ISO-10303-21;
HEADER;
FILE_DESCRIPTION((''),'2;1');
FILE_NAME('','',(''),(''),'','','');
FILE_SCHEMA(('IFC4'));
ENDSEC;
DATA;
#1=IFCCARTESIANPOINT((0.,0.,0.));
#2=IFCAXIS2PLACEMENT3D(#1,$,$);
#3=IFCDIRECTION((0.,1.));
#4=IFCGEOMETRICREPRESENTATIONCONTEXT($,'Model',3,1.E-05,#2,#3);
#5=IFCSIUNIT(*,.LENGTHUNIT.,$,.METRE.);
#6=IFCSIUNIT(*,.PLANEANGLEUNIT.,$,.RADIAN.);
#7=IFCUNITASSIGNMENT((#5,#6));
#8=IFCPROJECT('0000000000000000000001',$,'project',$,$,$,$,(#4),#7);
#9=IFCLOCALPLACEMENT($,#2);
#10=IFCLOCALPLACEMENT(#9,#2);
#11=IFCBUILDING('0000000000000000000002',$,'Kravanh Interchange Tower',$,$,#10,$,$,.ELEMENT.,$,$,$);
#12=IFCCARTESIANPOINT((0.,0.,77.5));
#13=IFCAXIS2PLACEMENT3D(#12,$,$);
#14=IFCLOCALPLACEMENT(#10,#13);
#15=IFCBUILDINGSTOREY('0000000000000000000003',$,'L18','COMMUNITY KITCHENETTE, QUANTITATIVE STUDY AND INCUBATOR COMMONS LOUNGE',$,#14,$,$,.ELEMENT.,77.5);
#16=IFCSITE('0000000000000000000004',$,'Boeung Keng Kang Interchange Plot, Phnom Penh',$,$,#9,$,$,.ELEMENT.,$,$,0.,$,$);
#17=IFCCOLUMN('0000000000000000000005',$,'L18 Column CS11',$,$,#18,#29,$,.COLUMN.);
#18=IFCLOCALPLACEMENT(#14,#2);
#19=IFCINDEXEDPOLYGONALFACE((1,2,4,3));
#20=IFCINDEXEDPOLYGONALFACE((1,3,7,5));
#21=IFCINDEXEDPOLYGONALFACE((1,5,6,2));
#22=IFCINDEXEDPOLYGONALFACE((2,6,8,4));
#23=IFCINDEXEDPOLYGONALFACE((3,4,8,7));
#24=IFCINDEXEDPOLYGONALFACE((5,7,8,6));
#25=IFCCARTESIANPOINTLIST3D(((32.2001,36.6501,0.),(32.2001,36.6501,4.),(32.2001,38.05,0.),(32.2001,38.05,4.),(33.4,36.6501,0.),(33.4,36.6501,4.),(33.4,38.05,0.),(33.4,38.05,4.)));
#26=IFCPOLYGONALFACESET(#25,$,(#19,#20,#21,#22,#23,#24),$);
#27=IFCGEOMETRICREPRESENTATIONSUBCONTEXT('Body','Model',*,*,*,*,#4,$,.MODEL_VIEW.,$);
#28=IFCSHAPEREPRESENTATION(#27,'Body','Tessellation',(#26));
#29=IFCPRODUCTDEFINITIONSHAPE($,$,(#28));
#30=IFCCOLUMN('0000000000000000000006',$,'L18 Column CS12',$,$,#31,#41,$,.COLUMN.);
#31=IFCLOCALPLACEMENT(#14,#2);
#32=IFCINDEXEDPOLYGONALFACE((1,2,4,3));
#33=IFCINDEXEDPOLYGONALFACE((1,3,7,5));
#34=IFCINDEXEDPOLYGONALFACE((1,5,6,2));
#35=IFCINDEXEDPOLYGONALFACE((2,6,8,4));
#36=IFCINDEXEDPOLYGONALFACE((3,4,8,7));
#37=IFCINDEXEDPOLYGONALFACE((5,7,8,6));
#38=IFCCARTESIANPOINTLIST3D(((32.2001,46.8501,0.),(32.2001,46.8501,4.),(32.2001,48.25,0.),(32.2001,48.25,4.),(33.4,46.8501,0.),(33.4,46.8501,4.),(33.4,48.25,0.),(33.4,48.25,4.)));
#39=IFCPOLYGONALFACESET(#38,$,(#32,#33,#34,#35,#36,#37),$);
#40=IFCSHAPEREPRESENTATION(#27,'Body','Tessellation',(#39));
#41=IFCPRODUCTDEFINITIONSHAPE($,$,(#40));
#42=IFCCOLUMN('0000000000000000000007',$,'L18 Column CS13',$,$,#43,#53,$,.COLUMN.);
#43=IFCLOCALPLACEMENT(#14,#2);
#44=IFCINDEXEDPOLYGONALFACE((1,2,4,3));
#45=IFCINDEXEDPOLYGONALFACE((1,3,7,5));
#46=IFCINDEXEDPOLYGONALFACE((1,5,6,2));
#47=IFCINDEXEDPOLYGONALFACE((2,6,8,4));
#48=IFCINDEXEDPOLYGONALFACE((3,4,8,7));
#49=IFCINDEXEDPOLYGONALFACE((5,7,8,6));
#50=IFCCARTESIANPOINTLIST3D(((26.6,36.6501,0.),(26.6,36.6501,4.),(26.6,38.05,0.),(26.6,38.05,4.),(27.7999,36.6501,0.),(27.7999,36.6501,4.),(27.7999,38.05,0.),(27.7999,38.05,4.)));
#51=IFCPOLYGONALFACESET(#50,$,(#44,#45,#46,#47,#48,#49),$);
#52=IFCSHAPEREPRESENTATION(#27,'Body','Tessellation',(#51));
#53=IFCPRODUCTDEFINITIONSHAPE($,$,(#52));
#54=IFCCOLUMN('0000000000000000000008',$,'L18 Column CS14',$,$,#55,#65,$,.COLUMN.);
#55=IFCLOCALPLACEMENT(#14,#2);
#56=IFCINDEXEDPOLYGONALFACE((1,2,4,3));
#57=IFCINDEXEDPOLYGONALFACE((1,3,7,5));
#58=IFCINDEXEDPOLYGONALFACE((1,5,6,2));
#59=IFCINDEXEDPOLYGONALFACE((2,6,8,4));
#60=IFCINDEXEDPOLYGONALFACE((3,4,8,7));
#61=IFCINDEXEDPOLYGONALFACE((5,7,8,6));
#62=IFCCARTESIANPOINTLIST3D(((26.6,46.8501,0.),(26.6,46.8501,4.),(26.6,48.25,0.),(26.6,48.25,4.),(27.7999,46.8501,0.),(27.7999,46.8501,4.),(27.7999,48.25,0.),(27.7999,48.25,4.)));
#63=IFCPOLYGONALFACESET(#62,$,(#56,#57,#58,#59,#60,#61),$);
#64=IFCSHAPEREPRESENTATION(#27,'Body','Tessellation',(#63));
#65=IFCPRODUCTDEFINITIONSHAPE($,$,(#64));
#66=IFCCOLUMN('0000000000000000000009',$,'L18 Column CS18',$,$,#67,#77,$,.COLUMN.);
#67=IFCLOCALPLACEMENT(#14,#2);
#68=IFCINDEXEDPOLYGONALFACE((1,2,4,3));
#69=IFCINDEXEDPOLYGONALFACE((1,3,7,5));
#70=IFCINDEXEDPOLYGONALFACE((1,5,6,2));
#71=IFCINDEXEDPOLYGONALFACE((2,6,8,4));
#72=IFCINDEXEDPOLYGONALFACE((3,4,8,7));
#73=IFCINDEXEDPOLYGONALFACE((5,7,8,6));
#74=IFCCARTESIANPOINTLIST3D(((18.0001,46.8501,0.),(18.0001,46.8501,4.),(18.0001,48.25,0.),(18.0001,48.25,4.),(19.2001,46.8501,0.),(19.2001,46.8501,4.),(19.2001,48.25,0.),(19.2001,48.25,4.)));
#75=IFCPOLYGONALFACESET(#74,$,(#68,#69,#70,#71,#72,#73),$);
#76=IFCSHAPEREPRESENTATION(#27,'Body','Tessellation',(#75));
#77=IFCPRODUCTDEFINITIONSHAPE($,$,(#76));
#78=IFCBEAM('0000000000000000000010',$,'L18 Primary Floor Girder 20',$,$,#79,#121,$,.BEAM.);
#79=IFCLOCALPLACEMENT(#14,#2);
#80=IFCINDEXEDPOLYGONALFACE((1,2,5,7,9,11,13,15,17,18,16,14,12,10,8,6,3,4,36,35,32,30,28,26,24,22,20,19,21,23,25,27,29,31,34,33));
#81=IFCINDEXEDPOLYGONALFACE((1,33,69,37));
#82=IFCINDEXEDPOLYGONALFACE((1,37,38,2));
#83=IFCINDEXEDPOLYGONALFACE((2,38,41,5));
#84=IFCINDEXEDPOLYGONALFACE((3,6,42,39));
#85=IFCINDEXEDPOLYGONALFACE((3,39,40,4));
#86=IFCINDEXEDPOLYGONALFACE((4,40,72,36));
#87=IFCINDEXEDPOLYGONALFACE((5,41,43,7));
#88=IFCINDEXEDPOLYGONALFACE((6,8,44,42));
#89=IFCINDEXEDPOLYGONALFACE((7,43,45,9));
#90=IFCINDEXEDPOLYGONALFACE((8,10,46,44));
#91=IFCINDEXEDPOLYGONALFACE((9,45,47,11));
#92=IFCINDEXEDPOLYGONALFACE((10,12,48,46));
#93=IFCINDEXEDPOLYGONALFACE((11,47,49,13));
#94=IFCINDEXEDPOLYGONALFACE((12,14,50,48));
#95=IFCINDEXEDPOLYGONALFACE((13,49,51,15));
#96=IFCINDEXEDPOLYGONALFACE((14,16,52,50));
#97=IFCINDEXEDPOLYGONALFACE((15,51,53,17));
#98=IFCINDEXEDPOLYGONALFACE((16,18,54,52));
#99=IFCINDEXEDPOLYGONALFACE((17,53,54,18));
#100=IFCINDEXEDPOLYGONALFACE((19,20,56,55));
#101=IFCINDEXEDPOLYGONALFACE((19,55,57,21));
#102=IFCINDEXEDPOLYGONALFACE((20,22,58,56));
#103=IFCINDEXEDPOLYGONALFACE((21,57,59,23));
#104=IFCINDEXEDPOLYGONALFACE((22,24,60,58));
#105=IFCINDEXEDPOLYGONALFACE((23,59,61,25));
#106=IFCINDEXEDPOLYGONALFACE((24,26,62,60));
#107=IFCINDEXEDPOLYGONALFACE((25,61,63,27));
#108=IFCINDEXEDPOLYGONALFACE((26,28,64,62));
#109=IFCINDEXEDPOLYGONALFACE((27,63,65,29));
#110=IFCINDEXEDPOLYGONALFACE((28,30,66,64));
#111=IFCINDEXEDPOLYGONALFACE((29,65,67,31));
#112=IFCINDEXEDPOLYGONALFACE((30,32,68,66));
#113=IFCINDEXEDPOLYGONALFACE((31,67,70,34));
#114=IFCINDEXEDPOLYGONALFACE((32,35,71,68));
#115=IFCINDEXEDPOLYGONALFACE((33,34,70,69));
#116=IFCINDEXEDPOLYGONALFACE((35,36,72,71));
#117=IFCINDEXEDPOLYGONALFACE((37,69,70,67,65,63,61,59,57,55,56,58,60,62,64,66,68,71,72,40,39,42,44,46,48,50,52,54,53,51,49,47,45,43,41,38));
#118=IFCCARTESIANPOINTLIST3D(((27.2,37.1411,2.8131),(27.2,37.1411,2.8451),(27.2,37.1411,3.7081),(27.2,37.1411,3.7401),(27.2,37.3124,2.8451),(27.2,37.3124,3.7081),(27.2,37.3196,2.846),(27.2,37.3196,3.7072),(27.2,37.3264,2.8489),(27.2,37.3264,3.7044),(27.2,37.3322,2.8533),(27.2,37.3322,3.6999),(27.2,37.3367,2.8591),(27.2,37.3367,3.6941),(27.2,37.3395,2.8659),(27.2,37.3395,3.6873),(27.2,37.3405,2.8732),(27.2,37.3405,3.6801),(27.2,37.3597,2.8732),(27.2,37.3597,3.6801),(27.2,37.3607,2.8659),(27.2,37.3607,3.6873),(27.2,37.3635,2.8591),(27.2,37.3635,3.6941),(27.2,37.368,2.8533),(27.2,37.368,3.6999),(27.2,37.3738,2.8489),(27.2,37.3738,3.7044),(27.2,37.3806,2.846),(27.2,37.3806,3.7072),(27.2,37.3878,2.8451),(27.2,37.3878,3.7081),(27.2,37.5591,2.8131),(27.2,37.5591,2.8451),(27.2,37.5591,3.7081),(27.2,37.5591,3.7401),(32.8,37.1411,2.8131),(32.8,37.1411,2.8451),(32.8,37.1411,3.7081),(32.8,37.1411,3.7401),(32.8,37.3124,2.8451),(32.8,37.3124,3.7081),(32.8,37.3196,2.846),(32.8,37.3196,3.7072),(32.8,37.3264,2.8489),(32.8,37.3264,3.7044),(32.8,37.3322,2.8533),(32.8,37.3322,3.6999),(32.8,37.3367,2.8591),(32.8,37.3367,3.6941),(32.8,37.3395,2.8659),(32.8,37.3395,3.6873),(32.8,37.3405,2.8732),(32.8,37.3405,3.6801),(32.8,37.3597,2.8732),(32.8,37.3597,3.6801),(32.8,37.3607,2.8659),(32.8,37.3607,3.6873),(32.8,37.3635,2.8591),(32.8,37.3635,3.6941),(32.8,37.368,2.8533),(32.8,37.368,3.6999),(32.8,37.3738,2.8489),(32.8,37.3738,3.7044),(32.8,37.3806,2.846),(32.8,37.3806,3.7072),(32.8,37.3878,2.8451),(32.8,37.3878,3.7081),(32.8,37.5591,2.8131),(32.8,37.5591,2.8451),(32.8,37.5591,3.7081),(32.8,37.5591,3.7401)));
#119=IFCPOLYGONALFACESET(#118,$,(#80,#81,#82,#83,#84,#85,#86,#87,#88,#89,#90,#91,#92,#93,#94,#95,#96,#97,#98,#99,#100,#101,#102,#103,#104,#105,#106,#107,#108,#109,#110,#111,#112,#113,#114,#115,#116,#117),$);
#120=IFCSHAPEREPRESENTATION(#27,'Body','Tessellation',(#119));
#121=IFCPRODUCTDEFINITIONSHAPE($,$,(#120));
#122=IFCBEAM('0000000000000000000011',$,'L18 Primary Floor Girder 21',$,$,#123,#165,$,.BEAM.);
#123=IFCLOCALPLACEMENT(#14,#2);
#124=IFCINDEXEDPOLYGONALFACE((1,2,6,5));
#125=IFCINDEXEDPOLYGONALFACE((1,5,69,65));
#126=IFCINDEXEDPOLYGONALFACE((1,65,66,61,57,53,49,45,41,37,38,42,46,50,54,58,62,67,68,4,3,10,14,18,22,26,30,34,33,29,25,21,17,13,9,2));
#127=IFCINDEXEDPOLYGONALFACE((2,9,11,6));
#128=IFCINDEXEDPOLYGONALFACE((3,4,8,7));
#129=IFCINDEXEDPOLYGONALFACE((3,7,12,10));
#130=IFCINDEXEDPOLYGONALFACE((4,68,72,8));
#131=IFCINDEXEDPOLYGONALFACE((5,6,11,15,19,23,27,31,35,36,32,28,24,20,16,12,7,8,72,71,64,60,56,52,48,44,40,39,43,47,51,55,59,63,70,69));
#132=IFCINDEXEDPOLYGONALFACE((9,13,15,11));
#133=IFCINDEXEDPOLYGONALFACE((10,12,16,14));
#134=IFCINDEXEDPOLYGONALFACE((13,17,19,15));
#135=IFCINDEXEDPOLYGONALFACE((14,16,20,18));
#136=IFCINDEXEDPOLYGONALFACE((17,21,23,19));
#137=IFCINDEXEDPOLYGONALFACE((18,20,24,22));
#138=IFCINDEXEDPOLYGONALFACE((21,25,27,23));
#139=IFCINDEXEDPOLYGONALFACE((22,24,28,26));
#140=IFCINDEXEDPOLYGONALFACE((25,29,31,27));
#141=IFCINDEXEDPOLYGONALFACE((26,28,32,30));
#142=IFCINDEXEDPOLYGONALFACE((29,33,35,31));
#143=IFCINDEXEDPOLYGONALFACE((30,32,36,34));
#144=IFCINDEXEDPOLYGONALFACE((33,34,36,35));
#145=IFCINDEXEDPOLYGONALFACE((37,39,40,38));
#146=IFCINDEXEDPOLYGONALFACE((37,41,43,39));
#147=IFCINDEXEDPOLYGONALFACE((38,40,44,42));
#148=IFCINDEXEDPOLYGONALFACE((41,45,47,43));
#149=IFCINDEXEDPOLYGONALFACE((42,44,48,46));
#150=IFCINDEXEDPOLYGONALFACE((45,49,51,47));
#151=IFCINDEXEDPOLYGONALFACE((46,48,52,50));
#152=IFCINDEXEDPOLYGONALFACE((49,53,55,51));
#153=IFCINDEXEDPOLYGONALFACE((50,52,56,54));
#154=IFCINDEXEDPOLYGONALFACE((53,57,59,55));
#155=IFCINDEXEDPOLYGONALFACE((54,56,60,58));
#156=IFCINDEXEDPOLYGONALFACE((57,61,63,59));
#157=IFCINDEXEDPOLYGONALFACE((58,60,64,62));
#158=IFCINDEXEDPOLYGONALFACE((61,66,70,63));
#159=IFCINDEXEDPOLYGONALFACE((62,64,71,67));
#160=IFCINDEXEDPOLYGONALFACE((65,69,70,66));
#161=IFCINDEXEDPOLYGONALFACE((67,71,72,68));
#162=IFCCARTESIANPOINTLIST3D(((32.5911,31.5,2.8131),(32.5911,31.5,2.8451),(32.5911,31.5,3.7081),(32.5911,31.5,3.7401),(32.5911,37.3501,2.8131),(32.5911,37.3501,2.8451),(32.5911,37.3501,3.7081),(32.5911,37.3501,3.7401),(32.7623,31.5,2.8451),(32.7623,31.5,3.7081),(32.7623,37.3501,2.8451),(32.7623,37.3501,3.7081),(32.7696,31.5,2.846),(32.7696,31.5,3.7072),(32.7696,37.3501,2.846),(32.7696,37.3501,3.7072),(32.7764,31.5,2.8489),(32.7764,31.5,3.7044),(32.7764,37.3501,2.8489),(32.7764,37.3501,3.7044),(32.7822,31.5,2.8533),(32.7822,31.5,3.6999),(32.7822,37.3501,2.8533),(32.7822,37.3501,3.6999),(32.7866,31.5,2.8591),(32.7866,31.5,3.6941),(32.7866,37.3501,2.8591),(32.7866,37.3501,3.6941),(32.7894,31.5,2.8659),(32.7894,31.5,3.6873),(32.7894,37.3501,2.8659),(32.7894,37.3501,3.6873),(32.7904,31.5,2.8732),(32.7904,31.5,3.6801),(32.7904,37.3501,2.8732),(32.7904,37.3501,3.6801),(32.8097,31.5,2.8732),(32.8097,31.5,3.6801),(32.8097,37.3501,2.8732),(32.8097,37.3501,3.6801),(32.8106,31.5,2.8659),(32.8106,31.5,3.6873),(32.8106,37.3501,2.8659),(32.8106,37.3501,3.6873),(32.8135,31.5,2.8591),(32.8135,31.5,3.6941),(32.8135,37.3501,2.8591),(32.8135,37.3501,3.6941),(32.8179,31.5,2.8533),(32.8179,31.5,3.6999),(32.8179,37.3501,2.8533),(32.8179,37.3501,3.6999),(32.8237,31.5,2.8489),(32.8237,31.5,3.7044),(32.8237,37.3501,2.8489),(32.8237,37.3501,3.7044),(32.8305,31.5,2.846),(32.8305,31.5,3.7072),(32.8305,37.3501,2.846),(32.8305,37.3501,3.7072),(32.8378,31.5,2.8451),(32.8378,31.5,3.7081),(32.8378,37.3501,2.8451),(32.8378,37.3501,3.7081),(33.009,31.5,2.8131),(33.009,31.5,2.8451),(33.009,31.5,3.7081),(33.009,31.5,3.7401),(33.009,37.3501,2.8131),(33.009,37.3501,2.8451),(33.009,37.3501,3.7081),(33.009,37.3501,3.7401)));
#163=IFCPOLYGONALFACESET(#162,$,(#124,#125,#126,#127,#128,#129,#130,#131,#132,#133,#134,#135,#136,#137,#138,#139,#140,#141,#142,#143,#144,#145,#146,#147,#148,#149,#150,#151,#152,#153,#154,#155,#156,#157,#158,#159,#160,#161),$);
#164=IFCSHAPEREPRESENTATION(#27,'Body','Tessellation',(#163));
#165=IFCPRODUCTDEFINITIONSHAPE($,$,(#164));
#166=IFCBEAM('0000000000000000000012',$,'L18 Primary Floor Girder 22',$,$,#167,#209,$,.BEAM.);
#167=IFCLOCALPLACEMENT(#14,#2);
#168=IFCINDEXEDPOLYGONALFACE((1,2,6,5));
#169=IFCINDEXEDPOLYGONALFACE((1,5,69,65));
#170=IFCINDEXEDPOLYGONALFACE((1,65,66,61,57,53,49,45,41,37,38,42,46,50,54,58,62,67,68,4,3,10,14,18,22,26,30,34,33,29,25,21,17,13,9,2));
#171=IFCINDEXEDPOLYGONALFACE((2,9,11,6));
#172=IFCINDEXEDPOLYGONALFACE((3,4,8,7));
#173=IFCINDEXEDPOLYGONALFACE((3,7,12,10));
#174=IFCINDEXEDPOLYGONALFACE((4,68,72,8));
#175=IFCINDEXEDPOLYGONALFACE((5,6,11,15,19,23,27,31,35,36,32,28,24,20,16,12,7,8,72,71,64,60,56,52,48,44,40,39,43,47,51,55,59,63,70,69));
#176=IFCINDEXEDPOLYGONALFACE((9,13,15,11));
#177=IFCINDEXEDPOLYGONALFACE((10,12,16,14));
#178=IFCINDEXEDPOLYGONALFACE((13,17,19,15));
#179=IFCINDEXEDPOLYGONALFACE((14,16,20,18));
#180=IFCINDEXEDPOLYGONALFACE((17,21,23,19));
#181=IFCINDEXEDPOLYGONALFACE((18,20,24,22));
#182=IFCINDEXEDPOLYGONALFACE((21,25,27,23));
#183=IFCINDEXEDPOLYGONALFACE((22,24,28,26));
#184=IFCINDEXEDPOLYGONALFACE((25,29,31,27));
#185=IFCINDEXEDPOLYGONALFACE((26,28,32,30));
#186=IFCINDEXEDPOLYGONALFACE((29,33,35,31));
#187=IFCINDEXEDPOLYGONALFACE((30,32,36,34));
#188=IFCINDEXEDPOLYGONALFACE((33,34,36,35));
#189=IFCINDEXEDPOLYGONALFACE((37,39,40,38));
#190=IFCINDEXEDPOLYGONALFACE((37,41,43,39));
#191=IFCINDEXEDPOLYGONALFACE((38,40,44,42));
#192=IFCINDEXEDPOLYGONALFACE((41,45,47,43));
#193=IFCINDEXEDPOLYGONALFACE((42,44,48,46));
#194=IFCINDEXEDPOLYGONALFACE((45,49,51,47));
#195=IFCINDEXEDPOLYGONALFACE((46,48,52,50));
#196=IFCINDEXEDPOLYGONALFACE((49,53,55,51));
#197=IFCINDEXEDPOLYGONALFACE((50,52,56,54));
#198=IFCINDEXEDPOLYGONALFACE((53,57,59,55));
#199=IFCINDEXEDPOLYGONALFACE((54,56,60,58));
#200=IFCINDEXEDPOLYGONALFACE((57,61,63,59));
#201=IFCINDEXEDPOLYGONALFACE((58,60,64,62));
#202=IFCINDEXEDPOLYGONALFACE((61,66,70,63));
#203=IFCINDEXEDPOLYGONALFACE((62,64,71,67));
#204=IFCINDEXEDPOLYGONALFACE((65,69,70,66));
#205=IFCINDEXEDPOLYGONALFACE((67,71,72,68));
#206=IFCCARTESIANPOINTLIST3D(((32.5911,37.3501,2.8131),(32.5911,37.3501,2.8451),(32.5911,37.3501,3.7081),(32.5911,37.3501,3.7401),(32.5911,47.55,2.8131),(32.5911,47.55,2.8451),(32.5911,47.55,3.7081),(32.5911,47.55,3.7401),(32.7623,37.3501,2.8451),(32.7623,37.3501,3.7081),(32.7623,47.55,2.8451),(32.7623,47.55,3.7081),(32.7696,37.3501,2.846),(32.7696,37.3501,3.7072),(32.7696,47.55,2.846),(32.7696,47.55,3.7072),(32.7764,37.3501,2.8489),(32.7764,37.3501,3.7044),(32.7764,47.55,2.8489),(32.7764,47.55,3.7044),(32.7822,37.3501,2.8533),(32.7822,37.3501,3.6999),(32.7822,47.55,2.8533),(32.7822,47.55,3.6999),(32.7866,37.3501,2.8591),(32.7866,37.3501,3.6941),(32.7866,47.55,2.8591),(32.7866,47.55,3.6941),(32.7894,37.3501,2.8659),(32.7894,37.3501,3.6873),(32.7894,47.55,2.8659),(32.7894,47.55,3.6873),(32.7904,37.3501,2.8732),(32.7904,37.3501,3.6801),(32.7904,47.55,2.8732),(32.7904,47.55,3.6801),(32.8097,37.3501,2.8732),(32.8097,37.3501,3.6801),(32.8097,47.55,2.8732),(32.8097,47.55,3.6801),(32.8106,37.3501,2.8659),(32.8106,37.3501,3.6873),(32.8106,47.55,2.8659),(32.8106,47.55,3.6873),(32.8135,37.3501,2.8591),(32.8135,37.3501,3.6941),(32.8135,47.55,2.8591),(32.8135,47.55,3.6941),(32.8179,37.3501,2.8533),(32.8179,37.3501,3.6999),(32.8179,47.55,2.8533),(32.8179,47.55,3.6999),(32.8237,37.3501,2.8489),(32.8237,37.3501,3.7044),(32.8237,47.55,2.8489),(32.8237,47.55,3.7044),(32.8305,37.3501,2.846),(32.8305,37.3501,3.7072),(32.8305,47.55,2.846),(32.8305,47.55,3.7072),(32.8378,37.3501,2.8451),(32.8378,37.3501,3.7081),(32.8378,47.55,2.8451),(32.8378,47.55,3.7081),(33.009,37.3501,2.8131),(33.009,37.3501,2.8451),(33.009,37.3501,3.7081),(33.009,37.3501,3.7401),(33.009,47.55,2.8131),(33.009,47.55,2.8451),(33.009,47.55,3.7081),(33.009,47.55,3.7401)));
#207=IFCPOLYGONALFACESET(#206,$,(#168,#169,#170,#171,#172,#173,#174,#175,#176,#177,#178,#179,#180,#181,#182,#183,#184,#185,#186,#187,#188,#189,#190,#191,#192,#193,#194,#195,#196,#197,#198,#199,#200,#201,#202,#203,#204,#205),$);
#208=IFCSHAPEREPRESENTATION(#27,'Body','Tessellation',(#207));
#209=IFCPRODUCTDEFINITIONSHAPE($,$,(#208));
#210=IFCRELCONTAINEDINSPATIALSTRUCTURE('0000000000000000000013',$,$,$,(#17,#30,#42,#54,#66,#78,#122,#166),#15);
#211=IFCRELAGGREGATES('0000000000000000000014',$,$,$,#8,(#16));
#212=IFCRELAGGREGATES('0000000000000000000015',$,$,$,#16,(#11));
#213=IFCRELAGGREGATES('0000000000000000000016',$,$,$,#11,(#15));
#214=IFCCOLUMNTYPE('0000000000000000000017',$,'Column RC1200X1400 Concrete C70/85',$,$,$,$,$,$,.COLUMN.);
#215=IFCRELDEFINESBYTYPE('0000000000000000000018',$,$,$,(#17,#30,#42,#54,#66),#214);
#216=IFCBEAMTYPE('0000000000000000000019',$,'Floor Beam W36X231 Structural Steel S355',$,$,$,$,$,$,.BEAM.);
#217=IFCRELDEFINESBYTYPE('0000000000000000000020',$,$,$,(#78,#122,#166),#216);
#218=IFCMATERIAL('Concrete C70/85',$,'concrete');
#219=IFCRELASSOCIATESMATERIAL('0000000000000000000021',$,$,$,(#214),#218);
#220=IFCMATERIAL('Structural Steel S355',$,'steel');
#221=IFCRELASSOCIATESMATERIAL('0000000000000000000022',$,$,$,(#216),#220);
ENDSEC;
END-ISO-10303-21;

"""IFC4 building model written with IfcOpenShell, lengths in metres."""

from ifc_helpers import new_model, si_unit, direction, frame, origin, origin_2d, place, context, subcontext, project, spatial, rectangle, i_section, extrude, material, material_profile, profile_set, type_object, element, save


model = new_model("IFC4")

# Units and contexts
model_context = context("Model", 3, precision=1e-05, world=origin(), true_north=direction((0.0, 1.0)))
body_context = subcontext(model_context, "Body", "Model", "MODEL_VIEW")
ifc_project = project(units=[si_unit("LENGTHUNIT", "METRE"), si_unit("PLANEANGLEUNIT", "RADIAN")], contexts=[model_context])

# Site, building, storey
site_placement = place(None, origin())
site = spatial("IfcSite", under=ifc_project, at=site_placement, Name="Boeung Keng Kang Interchange Plot, Phnom Penh", CompositionType="ELEMENT", RefElevation=0.0)
building_placement = place(site_placement, origin())
building = spatial("IfcBuilding", under=site, at=building_placement, Name="Kravanh Interchange Tower", CompositionType="ELEMENT")
storey_placement = place(building_placement, frame((0.0, 0.0, 77.5)))
storey = spatial("IfcBuildingStorey", under=building, at=storey_placement, Name="L18", Description="COMMUNITY KITCHENETTE, QUANTITATIVE STUDY AND INCUBATOR COMMONS LOUNGE", CompositionType="ELEMENT", Elevation=77.5)

# Columns
ifc_material_1 = material(Name="Concrete C70/85", Category="concrete")
ifc_material_profile_1 = material_profile(ifc_material_1, rectangle(XDim=1.2, YDim=1.3999, at=origin_2d()), Name="RC1200X1400")
ifc_profile_set_1 = profile_set([ifc_material_profile_1], Name="Concrete C70/85")
column_type = type_object("IfcColumnType", Name="Column RC1200X1400 Concrete C70/85", PredefinedType="COLUMN", material=ifc_profile_set_1)
for number, where, z_axis, x_axis, name in (
    (1, (32.8, 37.3501, 0.0), (0.0, 0.0, 1.0), (1.0, 0.0, 0.0), "L18 Column CS11"),
    (2, (32.8, 47.55, 0.0), (0.0, 0.0, 1.0), (1.0, 0.0, 0.0), "L18 Column CS12"),
    (3, (27.2, 37.3501, 0.0), (0.0, 0.0, 1.0), (1.0, 0.0, 0.0), "L18 Column CS13"),
    (4, (27.2, 47.55, 0.0), (0.0, 0.0, 1.0), (1.0, 0.0, 0.0), "L18 Column CS14"),
    (5, (18.6001, 47.55, 0.0), (0.0, 0.0, 1.0), (1.0, 0.0, 0.0), "L18 Column CS18"),
):
    element("IfcColumn", number, at=place(storey_placement, frame(where, z_axis=z_axis, x_axis=x_axis)), inside=storey, type_object=column_type, Name=name, PredefinedType="COLUMN", context=body_context, shape_type="SweptSolid", body=[
        extrude(rectangle(XDim=1.2, YDim=1.3999, at=origin_2d()), origin(), (0.0, 0.0, 1.0), 4.0),
    ])

# Beams
ifc_material_2 = material(Name="Structural Steel S355", Category="steel")
ifc_material_profile_2 = material_profile(ifc_material_2, i_section(OverallWidth=0.418, OverallDepth=0.927, WebThickness=0.0193, FlangeThickness=0.032, FilletRadius=0.0281, at=origin_2d()), Name="W36X231")
ifc_profile_set_2 = profile_set([ifc_material_profile_2], Name="Structural Steel S355")
beam_type = type_object("IfcBeamType", Name="Floor Beam W36X231 Structural Steel S355", PredefinedType="BEAM", material=ifc_profile_set_2)
beam_1_placement = place(storey_placement, frame((32.8, 37.3501, 3.2766), z_axis=(-1.0, 0.0, 0.0), x_axis=(0.0, -1.0, 0.0)))
element("IfcBeam", 6, at=beam_1_placement, inside=storey, type_object=beam_type, Name="L18 Primary Floor Girder 20", PredefinedType="BEAM", context=body_context, shape_type="SweptSolid", body=[
    extrude(i_section(OverallWidth=0.418, OverallDepth=0.927, WebThickness=0.0193, FlangeThickness=0.032, FilletRadius=0.0281, at=origin_2d()), origin(), (0.0, 0.0, 1.0), 5.6001),
])
beam_2_placement = place(storey_placement, frame((32.8, 37.3501, 3.2766), z_axis=(0.0, -1.0, 0.0), x_axis=(1.0, 0.0, 0.0)))
element("IfcBeam", 7, at=beam_2_placement, inside=storey, type_object=beam_type, Name="L18 Primary Floor Girder 21", PredefinedType="BEAM", context=body_context, shape_type="SweptSolid", body=[
    extrude(i_section(OverallWidth=0.418, OverallDepth=0.927, WebThickness=0.0193, FlangeThickness=0.032, FilletRadius=0.0281, at=origin_2d()), origin(), (0.0, 0.0, 1.0), 5.8501),
])
beam_3_placement = place(storey_placement, frame((32.8, 37.3501, 3.2766), z_axis=(0.0, 1.0, 0.0), x_axis=(-1.0, 0.0, 0.0)))
element("IfcBeam", 8, at=beam_3_placement, inside=storey, type_object=beam_type, Name="L18 Primary Floor Girder 22", PredefinedType="BEAM", context=body_context, shape_type="SweptSolid", body=[
    extrude(i_section(OverallWidth=0.418, OverallDepth=0.927, WebThickness=0.0193, FlangeThickness=0.032, FilletRadius=0.0281, at=origin_2d()), origin(), (0.0, 0.0, 1.0), 10.2),
])

save(model, "model.ifc")
